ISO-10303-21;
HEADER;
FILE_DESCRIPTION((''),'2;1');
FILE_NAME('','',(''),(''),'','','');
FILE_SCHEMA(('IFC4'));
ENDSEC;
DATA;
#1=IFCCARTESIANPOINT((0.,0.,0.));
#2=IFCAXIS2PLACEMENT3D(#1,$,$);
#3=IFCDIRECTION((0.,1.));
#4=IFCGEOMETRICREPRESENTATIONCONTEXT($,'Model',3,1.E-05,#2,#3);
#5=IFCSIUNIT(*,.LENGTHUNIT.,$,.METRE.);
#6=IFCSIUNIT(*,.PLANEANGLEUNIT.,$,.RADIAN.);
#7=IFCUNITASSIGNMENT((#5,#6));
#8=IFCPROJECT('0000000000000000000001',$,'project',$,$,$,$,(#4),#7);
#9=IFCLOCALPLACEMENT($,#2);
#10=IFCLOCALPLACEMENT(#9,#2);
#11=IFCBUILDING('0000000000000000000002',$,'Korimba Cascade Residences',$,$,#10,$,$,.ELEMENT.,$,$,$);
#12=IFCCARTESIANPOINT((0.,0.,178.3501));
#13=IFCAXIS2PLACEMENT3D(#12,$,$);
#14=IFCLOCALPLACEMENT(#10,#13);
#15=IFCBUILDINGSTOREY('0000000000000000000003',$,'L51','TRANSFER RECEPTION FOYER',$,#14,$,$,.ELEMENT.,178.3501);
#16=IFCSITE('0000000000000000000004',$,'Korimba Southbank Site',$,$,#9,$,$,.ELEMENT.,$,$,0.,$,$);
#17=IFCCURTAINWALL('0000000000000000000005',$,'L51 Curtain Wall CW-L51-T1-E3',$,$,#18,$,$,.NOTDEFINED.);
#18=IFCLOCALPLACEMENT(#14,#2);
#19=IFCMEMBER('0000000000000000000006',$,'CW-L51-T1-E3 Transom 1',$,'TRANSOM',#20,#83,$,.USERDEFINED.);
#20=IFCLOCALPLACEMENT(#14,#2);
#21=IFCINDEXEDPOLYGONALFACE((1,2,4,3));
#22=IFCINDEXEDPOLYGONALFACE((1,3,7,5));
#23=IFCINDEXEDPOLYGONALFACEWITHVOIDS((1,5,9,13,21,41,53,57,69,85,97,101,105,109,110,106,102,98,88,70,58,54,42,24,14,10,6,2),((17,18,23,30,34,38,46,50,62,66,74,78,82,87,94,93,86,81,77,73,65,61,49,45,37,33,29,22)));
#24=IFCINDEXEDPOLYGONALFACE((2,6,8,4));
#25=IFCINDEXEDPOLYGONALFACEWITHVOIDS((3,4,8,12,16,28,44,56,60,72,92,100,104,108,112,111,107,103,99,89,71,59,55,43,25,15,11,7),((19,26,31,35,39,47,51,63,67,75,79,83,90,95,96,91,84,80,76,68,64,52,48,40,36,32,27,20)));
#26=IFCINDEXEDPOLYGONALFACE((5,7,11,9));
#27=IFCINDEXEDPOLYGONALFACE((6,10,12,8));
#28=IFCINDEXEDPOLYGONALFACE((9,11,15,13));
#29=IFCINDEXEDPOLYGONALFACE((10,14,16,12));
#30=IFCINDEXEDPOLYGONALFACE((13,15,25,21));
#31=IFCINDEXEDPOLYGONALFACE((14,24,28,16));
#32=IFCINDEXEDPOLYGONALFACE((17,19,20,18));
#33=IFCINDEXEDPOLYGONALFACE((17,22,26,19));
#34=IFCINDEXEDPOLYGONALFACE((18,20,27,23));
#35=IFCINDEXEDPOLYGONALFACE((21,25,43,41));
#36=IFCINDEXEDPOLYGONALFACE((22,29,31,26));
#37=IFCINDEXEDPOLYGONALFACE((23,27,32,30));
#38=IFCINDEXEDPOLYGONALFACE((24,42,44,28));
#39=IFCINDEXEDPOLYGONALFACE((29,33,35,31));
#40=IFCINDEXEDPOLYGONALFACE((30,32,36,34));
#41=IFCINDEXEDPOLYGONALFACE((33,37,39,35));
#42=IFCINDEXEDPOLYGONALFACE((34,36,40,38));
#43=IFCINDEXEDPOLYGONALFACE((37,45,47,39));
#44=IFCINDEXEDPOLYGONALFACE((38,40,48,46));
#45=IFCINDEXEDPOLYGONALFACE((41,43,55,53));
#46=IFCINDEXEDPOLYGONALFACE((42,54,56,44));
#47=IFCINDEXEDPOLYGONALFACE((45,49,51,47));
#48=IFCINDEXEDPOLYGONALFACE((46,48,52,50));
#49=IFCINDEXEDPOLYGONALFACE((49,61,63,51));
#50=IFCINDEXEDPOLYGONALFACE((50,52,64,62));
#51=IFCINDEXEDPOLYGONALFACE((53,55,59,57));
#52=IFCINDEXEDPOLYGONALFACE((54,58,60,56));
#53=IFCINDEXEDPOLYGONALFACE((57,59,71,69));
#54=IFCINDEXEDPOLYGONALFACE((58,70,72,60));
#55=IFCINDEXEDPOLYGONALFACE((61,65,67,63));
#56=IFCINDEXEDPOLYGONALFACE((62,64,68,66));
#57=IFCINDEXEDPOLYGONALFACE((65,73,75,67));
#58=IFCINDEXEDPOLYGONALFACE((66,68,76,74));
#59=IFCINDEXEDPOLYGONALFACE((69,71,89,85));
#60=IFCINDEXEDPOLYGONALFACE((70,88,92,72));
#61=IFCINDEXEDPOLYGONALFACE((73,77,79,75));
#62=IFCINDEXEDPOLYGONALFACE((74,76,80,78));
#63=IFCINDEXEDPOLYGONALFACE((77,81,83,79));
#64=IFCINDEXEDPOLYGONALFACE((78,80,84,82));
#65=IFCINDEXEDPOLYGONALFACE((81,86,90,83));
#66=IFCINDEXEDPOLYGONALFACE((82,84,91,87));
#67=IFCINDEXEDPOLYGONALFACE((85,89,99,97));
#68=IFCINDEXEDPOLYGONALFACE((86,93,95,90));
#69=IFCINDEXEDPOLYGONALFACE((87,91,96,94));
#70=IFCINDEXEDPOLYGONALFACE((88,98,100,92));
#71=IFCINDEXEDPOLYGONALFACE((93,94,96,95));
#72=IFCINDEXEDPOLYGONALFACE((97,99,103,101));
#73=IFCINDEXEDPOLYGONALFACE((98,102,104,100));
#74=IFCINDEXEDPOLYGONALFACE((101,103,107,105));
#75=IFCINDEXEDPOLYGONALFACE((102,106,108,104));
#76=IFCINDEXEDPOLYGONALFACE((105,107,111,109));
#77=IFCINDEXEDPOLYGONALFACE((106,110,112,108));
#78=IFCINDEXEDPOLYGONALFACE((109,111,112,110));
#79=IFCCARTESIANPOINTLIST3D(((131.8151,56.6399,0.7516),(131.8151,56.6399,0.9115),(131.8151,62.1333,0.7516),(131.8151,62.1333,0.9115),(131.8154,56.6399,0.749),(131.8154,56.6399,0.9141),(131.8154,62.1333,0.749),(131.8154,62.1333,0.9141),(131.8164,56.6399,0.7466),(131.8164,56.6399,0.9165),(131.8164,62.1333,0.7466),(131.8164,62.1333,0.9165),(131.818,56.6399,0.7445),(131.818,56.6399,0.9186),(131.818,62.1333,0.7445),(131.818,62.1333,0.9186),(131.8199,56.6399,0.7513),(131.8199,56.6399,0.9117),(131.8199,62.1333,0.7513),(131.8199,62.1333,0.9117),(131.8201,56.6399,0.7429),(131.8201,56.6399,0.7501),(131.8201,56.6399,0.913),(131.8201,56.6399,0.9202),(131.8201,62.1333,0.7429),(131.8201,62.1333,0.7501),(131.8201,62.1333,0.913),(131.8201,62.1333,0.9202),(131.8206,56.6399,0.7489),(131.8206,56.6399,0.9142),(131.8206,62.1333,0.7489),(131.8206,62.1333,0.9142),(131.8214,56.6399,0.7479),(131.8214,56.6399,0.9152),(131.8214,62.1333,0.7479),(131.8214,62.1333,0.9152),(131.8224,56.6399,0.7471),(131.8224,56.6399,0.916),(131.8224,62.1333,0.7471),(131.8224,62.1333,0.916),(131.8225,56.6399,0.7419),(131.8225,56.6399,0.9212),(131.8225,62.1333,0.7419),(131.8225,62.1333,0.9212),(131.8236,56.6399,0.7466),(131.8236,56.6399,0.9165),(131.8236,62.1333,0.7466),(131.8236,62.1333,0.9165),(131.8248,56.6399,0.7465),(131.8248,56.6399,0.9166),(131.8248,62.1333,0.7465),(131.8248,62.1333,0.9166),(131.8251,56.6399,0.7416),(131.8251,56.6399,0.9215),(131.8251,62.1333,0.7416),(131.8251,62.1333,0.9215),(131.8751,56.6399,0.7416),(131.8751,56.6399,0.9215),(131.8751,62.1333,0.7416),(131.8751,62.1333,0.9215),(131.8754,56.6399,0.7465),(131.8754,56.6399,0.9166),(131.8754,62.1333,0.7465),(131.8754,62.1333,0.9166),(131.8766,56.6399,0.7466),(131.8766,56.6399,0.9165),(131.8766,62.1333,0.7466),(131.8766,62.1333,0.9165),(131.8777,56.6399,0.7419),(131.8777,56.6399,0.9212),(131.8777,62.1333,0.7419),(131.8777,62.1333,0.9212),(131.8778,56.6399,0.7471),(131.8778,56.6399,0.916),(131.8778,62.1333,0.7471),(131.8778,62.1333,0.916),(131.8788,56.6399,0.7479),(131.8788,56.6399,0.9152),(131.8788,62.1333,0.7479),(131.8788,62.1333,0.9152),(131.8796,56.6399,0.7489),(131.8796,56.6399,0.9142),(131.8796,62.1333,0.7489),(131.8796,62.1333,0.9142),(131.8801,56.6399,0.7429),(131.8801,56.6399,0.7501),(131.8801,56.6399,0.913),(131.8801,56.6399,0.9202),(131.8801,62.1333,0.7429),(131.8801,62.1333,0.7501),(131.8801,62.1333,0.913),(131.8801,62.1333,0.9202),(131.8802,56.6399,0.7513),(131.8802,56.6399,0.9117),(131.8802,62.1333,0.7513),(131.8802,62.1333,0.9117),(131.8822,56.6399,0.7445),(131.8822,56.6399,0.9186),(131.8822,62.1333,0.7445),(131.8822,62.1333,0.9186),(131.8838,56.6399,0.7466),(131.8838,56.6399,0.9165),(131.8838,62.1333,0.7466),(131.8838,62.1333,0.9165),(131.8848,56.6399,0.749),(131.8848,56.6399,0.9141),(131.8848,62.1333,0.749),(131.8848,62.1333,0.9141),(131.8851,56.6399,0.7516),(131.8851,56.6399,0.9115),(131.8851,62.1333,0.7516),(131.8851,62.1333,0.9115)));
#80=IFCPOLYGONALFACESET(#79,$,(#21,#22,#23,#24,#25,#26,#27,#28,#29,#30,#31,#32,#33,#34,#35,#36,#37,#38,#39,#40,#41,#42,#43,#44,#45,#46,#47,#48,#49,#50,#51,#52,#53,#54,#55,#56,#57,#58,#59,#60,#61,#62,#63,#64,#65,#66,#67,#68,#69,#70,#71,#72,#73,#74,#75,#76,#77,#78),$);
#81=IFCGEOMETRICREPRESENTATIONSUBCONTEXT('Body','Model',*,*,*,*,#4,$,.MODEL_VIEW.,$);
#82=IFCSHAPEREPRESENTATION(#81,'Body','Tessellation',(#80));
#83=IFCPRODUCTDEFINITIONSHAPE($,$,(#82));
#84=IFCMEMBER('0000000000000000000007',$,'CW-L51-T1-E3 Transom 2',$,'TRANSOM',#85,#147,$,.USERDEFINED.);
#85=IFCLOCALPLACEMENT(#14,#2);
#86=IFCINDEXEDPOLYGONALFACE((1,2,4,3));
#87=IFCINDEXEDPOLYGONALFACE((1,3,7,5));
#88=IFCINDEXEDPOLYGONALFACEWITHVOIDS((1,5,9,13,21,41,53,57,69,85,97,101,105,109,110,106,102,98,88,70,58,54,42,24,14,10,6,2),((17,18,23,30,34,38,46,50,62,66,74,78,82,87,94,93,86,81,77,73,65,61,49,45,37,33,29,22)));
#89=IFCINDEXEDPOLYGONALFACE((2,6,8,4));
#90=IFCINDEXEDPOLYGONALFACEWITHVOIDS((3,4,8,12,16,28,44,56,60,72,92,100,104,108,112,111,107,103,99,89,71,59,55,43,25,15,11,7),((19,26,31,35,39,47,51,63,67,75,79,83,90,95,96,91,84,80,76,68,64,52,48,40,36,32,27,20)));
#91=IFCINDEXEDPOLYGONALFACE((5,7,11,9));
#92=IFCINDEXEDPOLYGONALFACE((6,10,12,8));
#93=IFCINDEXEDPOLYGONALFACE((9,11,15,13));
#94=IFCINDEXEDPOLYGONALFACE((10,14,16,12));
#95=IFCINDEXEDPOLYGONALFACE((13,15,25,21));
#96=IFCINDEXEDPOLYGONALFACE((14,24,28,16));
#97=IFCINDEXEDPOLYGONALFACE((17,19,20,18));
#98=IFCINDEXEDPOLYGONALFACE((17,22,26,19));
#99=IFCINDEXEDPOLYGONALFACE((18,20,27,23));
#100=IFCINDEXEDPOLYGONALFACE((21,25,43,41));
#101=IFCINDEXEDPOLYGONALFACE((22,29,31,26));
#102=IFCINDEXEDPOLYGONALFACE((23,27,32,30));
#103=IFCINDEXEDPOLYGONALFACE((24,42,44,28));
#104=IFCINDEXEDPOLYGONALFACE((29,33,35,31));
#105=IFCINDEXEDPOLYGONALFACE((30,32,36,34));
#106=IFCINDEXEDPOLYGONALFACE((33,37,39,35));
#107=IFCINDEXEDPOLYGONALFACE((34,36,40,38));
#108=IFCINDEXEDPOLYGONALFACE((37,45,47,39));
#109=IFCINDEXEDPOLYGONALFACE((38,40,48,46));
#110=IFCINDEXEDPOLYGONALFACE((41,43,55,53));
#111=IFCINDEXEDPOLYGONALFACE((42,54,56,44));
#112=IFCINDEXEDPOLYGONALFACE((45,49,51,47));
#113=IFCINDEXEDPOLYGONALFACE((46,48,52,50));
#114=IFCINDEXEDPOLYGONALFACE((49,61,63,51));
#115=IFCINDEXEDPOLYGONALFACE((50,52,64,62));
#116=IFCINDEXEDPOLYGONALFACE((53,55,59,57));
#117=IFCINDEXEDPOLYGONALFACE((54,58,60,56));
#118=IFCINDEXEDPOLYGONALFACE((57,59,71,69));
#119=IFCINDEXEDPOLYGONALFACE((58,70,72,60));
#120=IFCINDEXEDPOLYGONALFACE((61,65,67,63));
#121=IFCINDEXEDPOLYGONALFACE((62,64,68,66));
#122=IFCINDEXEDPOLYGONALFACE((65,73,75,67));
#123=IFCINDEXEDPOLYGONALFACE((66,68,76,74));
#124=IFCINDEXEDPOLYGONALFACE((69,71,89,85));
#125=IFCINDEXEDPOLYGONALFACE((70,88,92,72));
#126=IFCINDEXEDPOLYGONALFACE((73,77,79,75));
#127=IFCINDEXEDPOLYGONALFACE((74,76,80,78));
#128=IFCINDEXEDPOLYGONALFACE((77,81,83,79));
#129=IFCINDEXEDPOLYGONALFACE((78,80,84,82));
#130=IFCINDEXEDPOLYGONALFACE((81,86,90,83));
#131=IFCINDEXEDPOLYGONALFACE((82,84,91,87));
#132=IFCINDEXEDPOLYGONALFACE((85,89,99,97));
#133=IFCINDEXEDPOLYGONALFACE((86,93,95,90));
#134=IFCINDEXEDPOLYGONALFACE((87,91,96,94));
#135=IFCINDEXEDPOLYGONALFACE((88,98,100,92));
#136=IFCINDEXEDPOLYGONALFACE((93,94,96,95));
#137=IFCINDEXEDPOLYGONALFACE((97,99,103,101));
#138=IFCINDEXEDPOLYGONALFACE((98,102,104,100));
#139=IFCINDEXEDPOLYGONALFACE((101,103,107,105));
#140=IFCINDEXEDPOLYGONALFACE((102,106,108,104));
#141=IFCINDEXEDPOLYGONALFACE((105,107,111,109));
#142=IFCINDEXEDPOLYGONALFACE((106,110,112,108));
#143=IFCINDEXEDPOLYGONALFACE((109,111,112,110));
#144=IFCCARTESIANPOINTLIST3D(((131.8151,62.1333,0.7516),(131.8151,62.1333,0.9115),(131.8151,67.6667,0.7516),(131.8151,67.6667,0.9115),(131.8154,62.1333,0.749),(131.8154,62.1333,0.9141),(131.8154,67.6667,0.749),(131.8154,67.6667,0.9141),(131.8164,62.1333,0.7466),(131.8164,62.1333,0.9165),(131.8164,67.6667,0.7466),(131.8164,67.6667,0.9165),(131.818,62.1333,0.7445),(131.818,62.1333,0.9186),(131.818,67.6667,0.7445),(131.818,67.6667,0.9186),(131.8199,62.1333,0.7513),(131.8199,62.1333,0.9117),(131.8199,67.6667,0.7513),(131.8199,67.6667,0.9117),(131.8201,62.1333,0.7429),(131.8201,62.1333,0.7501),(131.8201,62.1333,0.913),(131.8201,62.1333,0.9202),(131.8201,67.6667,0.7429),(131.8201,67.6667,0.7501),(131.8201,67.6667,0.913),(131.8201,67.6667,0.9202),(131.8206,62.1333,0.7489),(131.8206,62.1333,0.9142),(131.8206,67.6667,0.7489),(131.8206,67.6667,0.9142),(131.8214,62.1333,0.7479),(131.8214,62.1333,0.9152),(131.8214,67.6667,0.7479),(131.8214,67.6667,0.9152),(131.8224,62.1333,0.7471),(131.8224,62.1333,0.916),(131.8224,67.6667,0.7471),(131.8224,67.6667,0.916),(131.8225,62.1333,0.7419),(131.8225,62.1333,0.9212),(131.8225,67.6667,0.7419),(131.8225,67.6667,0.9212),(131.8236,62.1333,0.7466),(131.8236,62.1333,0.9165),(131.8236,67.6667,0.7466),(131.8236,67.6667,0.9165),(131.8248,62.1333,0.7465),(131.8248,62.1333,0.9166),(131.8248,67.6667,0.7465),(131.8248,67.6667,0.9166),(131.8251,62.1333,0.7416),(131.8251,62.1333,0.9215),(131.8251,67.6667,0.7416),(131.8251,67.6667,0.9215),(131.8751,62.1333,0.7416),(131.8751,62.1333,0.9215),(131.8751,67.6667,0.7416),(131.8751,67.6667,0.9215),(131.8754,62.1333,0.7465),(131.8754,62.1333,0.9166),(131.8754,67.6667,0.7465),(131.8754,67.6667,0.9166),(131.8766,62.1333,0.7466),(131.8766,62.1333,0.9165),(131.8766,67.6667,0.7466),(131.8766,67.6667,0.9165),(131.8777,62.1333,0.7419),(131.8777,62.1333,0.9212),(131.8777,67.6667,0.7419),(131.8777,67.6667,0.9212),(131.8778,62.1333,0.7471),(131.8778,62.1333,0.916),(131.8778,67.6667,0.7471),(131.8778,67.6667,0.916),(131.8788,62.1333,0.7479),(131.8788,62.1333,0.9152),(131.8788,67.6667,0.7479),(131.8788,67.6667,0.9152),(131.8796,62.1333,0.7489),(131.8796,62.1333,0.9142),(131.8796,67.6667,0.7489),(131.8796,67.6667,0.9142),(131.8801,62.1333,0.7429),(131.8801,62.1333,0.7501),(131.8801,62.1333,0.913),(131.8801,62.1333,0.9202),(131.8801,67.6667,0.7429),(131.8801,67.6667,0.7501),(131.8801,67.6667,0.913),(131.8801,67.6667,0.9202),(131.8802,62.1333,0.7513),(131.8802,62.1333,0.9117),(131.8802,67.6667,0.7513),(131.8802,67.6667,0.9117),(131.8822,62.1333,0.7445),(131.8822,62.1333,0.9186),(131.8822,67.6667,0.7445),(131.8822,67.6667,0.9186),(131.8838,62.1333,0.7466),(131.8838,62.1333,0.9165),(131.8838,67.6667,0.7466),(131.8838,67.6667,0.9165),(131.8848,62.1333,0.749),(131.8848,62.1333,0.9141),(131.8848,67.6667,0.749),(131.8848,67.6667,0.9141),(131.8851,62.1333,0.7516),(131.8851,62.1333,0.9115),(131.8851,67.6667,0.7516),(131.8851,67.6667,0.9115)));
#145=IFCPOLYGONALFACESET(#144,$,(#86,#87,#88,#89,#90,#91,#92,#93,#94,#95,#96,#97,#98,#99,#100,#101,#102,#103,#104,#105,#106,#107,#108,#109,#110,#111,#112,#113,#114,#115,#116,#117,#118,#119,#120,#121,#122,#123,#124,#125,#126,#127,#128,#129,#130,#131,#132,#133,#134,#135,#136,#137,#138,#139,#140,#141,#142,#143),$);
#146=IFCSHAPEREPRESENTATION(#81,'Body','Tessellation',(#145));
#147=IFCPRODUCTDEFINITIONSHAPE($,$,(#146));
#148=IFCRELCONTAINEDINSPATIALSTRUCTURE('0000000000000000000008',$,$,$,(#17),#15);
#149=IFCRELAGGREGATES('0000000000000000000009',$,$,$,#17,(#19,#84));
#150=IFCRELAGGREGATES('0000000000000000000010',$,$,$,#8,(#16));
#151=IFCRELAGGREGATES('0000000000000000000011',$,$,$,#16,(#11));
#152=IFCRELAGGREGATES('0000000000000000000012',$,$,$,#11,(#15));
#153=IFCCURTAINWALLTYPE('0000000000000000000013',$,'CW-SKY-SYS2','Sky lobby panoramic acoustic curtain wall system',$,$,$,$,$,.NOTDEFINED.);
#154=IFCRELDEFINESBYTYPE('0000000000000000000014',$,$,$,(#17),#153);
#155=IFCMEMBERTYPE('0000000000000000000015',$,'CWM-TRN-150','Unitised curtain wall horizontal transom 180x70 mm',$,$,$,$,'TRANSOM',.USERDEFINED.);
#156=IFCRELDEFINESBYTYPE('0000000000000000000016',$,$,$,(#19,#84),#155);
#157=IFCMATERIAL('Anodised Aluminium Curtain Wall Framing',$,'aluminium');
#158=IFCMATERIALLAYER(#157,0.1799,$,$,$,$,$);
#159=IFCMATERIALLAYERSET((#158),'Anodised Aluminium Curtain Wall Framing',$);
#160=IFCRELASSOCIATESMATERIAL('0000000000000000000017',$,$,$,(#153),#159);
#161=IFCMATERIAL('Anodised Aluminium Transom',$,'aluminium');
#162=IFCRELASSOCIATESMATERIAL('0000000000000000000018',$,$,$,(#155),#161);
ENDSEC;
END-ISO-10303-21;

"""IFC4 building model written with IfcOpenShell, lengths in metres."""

from ifc_helpers import new_model, si_unit, direction, frame, origin, origin_2d, place, context, subcontext, project, spatial, hollow_rectangle, extrude, material, layer, layer_set, material_profile, profile_set, type_object, element, aggregate, save


model = new_model("IFC4")

# Units and contexts
model_context = context("Model", 3, precision=1e-05, world=origin(), true_north=direction((0.0, 1.0)))
body_context = subcontext(model_context, "Body", "Model", "MODEL_VIEW")
ifc_project = project(units=[si_unit("LENGTHUNIT", "METRE"), si_unit("PLANEANGLEUNIT", "RADIAN")], contexts=[model_context])

# Site, building, storey
site_placement = place(None, origin())
site = spatial("IfcSite", under=ifc_project, at=site_placement, Name="Korimba Southbank Site", CompositionType="ELEMENT", RefElevation=0.0)
building_placement = place(site_placement, origin())
building = spatial("IfcBuilding", under=site, at=building_placement, Name="Korimba Cascade Residences", CompositionType="ELEMENT")
storey_placement = place(building_placement, frame((0.0, 0.0, 178.3501)))
storey = spatial("IfcBuildingStorey", under=building, at=storey_placement, Name="L51", Description="TRANSFER RECEPTION FOYER", CompositionType="ELEMENT", Elevation=178.3501)

# Curtain wall, members
ifc_material_1 = material(Name="Anodised Aluminium Curtain Wall Framing", Category="aluminium")
ifc_layer_1 = layer(ifc_material_1, 0.1799)
ifc_layer_set_1 = layer_set([ifc_layer_1], Name="Anodised Aluminium Curtain Wall Framing")
curtain_wall_type = type_object("IfcCurtainWallType", Name="CW-SKY-SYS2", Description="Sky lobby panoramic acoustic curtain wall system", PredefinedType="NOTDEFINED", material=ifc_layer_set_1)
curtain_wall_placement = place(storey_placement, origin())
curtain_wall = element("IfcCurtainWall", 1, at=curtain_wall_placement, inside=storey, type_object=curtain_wall_type, Name="L51 Curtain Wall CW-L51-T1-E3", PredefinedType="NOTDEFINED")
ifc_material_2 = material(Name="Anodised Aluminium Transom", Category="aluminium")
ifc_material_profile_1 = material_profile(ifc_material_2, hollow_rectangle(XDim=0.0701, YDim=0.1799, WallThickness=0.0049, InnerFilletRadius=0.0049, OuterFilletRadius=0.01, at=origin_2d()), Name="Anodised Aluminium Transom")
ifc_profile_set_1 = profile_set([ifc_material_profile_1], Name="Anodised Aluminium Transom")
member_type_1 = type_object("IfcMemberType", Name="CWM-TRN-150", Description="Unitised curtain wall horizontal transom 180x70 mm", ElementType="TRANSOM", PredefinedType="USERDEFINED", material=ifc_profile_set_1)
member_1_placement = place(storey_placement, frame((131.8501, 56.6399, 0.8315), z_axis=(0.0, 1.0, 0.0), x_axis=(-1.0, 0.0, 0.0)))
member_1 = element("IfcMember", 2, at=member_1_placement, type_object=member_type_1, Name="CW-L51-T1-E3 Transom 1", ObjectType="TRANSOM", PredefinedType="USERDEFINED", context=body_context, shape_type="SweptSolid", body=[
    extrude(hollow_rectangle(XDim=0.0701, YDim=0.1799, WallThickness=0.0049, InnerFilletRadius=0.0049, OuterFilletRadius=0.01, at=origin_2d()), origin(), (0.0, 0.0, 1.0), 5.4934),
])
member_2_placement = place(storey_placement, frame((131.8501, 62.1333, 0.8315), z_axis=(0.0, 1.0, 0.0), x_axis=(-1.0, 0.0, 0.0)))
member_2 = element("IfcMember", 3, at=member_2_placement, type_object=member_type_1, Name="CW-L51-T1-E3 Transom 2", ObjectType="TRANSOM", PredefinedType="USERDEFINED", context=body_context, shape_type="SweptSolid", body=[
    extrude(hollow_rectangle(XDim=0.0701, YDim=0.1799, WallThickness=0.0049, InnerFilletRadius=0.0049, OuterFilletRadius=0.01, at=origin_2d()), origin(), (0.0, 0.0, 1.0), 5.5334),
])
aggregate(curtain_wall, [member_1, member_2])

save(model, "model.ifc")
